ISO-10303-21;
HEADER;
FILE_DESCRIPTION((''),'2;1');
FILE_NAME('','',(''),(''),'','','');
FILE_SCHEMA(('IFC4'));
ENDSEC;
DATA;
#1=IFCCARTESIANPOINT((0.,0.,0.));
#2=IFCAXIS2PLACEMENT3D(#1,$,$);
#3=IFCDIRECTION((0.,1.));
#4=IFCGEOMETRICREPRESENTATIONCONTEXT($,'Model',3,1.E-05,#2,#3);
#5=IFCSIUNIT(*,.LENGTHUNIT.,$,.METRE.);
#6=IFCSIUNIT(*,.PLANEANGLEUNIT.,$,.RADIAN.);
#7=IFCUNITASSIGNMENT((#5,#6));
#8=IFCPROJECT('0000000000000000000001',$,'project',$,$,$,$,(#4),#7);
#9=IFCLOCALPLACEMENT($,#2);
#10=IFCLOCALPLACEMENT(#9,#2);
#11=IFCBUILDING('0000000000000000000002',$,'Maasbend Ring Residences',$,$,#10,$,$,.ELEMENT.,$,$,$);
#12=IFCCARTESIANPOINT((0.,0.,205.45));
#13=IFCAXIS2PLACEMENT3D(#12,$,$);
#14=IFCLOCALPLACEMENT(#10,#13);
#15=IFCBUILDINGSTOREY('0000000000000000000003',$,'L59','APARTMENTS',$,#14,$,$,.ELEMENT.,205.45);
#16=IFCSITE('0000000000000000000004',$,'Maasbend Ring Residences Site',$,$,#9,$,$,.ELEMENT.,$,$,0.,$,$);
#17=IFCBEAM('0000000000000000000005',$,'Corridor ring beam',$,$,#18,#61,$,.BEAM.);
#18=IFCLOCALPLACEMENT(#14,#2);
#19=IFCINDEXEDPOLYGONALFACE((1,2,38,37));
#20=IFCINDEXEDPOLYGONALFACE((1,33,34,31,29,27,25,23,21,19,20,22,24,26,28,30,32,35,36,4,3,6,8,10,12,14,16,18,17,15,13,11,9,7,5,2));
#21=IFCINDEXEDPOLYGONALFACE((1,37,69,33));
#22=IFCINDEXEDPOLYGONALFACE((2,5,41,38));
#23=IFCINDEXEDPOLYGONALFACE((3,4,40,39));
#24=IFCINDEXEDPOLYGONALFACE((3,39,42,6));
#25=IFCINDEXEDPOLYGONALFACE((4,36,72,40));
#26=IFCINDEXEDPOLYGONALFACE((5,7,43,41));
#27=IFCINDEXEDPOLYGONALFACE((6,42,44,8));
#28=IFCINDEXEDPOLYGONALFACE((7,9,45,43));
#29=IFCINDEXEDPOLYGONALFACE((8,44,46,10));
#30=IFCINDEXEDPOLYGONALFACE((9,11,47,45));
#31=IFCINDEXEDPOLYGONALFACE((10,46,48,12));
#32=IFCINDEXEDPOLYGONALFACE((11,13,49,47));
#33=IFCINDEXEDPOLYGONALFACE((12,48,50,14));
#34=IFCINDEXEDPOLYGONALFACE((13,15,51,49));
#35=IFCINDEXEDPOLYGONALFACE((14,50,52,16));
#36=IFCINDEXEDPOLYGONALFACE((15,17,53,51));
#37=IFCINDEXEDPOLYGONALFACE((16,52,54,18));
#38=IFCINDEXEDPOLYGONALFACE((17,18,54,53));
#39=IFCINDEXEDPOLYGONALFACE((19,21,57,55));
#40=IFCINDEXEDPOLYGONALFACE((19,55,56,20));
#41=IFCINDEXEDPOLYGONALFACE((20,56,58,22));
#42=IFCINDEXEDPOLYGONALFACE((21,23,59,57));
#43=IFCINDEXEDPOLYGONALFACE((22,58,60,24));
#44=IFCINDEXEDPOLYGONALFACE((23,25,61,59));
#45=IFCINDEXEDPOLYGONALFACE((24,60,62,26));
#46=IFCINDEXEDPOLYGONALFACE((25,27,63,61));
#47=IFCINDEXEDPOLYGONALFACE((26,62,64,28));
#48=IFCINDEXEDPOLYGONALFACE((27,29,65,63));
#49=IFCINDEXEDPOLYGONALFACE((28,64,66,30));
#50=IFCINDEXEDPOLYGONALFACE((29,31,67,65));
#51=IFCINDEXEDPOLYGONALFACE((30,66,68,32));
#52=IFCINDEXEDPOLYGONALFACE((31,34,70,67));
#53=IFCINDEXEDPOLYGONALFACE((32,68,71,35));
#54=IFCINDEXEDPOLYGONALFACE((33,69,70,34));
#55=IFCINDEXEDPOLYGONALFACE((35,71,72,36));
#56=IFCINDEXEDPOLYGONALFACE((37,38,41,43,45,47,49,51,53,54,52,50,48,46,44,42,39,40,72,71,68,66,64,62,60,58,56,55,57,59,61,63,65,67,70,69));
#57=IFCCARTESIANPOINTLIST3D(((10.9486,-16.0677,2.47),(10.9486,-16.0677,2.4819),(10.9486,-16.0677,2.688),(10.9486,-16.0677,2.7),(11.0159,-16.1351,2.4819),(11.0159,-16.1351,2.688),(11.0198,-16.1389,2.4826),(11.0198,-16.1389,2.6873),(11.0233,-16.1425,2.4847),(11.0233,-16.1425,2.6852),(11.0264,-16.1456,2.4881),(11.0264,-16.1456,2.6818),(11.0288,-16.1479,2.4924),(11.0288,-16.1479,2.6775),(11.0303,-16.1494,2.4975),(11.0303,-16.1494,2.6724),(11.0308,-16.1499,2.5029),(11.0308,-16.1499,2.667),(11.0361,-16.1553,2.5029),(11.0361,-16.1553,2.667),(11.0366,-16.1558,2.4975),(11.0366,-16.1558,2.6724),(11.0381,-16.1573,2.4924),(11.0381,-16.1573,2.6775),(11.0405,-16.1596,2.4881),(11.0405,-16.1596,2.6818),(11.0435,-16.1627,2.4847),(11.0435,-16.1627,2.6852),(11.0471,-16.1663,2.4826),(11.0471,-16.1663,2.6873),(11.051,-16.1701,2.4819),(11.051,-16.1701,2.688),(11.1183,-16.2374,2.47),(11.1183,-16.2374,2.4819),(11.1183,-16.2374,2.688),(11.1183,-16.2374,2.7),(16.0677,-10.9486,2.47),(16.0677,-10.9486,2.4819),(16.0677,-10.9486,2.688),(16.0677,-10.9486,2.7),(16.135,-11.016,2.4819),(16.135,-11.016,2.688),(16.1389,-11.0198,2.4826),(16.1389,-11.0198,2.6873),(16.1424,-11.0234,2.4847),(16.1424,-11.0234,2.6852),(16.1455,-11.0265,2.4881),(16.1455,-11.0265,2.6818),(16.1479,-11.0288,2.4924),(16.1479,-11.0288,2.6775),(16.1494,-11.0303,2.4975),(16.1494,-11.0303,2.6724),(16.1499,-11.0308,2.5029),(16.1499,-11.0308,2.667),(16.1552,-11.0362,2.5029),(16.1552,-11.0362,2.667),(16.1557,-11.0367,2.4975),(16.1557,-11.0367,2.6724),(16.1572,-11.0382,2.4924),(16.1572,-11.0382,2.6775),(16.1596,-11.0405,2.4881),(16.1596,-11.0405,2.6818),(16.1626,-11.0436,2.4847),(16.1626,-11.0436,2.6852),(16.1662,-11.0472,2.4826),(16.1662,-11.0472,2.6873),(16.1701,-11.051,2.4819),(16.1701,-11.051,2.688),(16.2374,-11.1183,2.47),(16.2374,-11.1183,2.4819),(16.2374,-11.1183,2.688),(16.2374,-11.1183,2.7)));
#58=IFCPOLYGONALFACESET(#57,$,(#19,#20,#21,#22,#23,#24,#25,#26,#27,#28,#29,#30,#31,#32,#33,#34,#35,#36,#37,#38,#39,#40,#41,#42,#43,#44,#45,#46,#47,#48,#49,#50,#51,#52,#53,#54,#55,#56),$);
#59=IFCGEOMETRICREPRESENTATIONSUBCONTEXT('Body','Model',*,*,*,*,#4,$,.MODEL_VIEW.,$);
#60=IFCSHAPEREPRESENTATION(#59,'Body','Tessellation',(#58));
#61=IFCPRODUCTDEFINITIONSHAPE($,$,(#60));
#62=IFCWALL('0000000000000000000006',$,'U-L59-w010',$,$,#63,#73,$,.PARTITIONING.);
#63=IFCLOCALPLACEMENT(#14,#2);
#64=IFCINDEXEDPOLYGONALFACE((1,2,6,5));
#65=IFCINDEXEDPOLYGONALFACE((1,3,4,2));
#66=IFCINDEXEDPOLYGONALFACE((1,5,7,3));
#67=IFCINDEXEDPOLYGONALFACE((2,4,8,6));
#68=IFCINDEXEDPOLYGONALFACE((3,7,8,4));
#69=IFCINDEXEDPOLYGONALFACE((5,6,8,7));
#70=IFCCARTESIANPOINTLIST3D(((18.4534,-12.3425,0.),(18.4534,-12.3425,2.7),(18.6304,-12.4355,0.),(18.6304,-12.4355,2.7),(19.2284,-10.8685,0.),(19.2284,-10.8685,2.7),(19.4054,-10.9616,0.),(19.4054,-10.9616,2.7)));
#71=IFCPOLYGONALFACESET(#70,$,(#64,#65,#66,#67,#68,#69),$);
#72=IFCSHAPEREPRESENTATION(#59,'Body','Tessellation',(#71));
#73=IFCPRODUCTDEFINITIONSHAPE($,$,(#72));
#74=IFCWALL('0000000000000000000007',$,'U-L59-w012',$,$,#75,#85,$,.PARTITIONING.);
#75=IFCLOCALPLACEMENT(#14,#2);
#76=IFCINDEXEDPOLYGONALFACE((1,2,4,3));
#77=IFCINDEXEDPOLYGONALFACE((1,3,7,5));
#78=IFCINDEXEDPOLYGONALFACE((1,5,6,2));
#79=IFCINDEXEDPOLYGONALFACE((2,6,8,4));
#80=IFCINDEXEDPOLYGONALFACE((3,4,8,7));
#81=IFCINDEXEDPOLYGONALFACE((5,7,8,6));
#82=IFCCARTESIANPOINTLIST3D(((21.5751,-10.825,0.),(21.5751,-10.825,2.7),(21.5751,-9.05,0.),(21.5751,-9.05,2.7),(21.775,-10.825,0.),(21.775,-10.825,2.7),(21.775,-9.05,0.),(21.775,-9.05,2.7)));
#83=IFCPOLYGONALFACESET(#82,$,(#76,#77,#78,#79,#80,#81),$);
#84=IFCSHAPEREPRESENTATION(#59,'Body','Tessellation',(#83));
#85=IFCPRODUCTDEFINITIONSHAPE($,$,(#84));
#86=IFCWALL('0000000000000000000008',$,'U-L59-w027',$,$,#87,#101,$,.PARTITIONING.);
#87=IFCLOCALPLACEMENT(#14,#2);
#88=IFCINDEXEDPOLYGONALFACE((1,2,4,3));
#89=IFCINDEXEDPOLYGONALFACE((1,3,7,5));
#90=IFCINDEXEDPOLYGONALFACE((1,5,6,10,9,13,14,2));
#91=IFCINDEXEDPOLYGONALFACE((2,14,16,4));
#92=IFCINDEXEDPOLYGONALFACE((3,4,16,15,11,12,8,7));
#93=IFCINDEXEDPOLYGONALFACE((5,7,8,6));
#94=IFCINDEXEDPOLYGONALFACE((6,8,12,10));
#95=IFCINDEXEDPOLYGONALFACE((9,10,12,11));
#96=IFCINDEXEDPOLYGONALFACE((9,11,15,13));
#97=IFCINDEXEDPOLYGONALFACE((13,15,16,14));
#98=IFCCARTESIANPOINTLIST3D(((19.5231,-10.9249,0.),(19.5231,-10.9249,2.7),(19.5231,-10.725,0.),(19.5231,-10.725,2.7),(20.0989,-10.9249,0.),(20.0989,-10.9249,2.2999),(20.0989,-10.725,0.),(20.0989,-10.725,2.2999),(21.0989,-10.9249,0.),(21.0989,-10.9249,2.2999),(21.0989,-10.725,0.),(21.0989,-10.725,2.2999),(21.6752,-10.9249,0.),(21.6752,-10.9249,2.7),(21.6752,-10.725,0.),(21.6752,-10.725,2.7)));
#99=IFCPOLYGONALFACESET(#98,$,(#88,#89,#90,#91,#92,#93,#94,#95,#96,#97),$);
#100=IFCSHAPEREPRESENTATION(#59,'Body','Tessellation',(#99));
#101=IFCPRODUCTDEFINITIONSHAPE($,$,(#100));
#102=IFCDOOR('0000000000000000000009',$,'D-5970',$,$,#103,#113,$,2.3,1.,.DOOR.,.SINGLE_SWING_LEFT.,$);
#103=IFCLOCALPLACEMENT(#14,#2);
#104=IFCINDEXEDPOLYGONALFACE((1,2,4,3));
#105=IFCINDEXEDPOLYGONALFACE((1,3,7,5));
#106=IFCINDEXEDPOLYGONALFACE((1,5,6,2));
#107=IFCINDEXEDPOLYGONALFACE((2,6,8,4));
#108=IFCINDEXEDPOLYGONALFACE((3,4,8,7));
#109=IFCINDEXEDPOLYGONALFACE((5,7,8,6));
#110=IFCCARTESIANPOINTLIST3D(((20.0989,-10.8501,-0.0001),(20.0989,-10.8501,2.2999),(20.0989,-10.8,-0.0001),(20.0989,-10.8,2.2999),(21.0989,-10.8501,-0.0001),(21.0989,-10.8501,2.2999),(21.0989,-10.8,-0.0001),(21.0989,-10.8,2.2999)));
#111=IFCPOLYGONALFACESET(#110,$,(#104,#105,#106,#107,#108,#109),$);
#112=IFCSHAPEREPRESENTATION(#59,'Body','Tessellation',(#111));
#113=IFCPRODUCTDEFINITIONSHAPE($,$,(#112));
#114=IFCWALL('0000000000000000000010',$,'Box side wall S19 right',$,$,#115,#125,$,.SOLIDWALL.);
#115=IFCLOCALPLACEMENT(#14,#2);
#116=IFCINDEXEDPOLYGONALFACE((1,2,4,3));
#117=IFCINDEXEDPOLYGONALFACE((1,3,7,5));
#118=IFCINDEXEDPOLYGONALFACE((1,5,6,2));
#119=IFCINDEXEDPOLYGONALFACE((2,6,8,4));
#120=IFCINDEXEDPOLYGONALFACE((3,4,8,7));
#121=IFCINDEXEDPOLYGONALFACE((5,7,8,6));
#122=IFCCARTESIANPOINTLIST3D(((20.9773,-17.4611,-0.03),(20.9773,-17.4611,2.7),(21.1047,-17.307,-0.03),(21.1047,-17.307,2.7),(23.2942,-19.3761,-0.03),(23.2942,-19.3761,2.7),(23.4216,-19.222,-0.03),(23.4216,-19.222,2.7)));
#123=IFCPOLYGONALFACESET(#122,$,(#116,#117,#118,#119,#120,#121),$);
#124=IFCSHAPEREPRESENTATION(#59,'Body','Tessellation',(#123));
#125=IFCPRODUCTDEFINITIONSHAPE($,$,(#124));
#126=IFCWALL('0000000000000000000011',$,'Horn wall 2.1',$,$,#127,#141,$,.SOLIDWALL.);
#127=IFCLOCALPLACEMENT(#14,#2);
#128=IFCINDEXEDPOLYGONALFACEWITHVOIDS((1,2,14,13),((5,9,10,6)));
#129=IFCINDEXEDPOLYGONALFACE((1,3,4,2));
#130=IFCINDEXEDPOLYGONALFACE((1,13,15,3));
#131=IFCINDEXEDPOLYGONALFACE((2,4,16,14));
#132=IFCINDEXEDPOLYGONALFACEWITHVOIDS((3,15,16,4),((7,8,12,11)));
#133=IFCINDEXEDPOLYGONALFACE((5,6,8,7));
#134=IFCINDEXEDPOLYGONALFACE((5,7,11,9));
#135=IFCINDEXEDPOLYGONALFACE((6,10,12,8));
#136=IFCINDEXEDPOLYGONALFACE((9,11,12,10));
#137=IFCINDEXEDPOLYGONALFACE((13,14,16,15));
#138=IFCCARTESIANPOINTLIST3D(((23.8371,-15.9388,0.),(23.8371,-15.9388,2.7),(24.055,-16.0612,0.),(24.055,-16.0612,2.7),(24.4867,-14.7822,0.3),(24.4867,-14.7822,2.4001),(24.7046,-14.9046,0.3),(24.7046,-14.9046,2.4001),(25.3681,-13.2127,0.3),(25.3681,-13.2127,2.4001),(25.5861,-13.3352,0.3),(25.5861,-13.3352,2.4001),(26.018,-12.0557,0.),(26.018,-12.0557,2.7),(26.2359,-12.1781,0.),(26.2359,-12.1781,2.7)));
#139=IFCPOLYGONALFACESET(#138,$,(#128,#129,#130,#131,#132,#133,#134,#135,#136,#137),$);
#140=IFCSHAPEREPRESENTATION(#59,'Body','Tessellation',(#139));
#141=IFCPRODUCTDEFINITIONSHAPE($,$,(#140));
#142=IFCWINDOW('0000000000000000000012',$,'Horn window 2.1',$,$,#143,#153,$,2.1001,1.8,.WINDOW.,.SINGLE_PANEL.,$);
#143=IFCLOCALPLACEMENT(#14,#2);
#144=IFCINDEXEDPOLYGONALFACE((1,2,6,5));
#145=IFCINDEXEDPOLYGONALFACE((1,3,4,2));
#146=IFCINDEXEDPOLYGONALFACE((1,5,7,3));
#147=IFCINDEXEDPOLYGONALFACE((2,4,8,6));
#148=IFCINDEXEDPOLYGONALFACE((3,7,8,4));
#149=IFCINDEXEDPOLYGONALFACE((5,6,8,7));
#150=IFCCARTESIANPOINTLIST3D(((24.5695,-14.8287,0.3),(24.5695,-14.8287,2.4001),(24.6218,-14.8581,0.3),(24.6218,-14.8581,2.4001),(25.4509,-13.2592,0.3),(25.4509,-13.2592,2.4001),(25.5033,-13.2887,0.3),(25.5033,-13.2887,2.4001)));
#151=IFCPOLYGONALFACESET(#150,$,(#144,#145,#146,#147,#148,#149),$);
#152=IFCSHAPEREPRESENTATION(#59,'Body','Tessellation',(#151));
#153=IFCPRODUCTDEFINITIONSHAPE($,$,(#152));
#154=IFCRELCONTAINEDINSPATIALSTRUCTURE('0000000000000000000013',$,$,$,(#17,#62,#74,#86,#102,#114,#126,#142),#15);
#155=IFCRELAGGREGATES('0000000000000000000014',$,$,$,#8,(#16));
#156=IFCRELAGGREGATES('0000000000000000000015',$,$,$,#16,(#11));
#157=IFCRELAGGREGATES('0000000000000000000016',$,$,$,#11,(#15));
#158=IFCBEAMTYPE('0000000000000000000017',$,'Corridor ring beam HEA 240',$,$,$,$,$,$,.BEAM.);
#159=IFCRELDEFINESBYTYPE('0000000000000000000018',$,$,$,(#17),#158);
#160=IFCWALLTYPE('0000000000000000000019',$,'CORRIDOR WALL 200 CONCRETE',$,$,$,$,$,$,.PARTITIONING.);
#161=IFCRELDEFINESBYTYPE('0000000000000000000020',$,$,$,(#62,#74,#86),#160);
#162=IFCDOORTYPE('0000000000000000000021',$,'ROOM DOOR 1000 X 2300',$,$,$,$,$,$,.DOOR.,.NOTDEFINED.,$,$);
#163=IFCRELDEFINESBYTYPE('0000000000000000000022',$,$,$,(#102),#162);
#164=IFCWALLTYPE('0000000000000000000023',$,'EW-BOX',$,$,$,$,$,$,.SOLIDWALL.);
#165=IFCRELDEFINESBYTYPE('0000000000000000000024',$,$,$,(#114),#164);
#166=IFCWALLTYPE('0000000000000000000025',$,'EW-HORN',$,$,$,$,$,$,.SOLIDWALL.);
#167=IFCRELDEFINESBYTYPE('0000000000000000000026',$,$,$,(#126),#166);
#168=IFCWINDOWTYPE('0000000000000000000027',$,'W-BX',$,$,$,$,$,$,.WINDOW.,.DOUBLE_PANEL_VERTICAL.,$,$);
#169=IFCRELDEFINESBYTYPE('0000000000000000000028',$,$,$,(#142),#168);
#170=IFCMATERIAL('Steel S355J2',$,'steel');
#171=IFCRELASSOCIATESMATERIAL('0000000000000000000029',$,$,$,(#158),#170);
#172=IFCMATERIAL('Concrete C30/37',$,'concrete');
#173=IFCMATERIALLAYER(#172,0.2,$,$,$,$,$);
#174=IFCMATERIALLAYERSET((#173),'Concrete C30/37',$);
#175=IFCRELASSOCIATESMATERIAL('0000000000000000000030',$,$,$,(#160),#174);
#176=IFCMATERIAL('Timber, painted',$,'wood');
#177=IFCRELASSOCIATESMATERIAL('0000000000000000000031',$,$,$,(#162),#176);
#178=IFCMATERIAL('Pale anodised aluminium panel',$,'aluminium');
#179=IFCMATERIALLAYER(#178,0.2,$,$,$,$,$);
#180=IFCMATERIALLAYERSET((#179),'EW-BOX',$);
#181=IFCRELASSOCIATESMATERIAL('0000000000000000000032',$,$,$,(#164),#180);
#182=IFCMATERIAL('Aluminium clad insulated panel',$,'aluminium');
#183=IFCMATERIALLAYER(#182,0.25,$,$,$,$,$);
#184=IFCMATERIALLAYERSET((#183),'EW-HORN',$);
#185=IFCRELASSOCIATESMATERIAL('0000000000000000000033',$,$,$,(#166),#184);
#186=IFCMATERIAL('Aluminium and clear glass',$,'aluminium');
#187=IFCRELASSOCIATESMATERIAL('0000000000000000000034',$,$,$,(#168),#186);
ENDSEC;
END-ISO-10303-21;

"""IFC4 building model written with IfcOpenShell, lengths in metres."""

from ifc_helpers import new_model, si_unit, direction, frame, frame_2d, origin, origin_2d, place, context, subcontext, project, spatial, rectangle, i_section, extrude, material, layer, layer_set, material_profile, profile_set, type_object, element, fill, save


model = new_model("IFC4")

# Units and contexts
model_context = context("Model", 3, precision=1e-05, world=origin(), true_north=direction((0.0, 1.0)))
body_context = subcontext(model_context, "Body", "Model", "MODEL_VIEW")
ifc_project = project(units=[si_unit("LENGTHUNIT", "METRE"), si_unit("PLANEANGLEUNIT", "RADIAN")], contexts=[model_context])

# Site, building, storey
site_placement = place(None, origin())
site = spatial("IfcSite", under=ifc_project, at=site_placement, Name="Maasbend Ring Residences Site", CompositionType="ELEMENT", RefElevation=0.0)
building_placement = place(site_placement, origin())
building = spatial("IfcBuilding", under=site, at=building_placement, Name="Maasbend Ring Residences", CompositionType="ELEMENT")
storey_placement = place(building_placement, frame((0.0, 0.0, 205.45)))
storey = spatial("IfcBuildingStorey", under=building, at=storey_placement, Name="L59", Description="APARTMENTS", CompositionType="ELEMENT", Elevation=205.45)

# Beam
ifc_material_1 = material(Name="Steel S355J2", Category="steel")
ifc_material_profile_1 = material_profile(ifc_material_1, i_section(OverallWidth=0.24, OverallDepth=0.23, WebThickness=0.0076, FlangeThickness=0.012, FilletRadius=0.021, at=origin_2d()), Name="HEA 240")
ifc_profile_set_1 = profile_set([ifc_material_profile_1], Name="Steel S355J2")
beam_type = type_object("IfcBeamType", Name="Corridor ring beam HEA 240", PredefinedType="BEAM", material=ifc_profile_set_1)
beam_placement = place(storey_placement, frame((11.0334, -16.1526, 2.585), z_axis=(0.707107, 0.707107, 0.0), x_axis=(-0.707107, 0.707107, 0.0)))
element("IfcBeam", 1, at=beam_placement, inside=storey, type_object=beam_type, Name="Corridor ring beam", PredefinedType="BEAM", context=body_context, shape_type="SweptSolid", body=[
    extrude(i_section(OverallWidth=0.24, OverallDepth=0.23, WebThickness=0.0076, FlangeThickness=0.012, FilletRadius=0.021, at=origin_2d()), origin(), (0.0, 0.0, 1.0), 7.2395),
])

# Walls
ifc_material_2 = material(Name="Concrete C30/37", Category="concrete")
ifc_layer_1 = layer(ifc_material_2, 0.2)
ifc_layer_set_1 = layer_set([ifc_layer_1], Name="Concrete C30/37")
wall_type_1 = type_object("IfcWallType", Name="CORRIDOR WALL 200 CONCRETE", PredefinedType="PARTITIONING", material=ifc_layer_set_1)
wall_1_placement = place(storey_placement, frame((18.542, -12.3889, 0.0), z_axis=(0.0, 0.0, 1.0), x_axis=(0.46536, 0.885122, 0.0)))
element("IfcWall", 2, at=wall_1_placement, inside=storey, type_object=wall_type_1, Name="U-L59-w010", PredefinedType="PARTITIONING", context=body_context, shape_type="SweptSolid", body=[
    extrude(rectangle(XDim=1.6653, YDim=0.2, at=frame_2d((0.8325, 0.0))), origin(), (0.0, 0.0, 1.0), 2.7),
])
wall_2_placement = place(storey_placement, frame((21.675, -10.825, 0.0), z_axis=(0.0, 0.0, 1.0), x_axis=(0.0, 1.0, 0.0)))
element("IfcWall", 3, at=wall_2_placement, inside=storey, type_object=wall_type_1, Name="U-L59-w012", PredefinedType="PARTITIONING", context=body_context, shape_type="SweptSolid", body=[
    extrude(rectangle(XDim=1.7749, YDim=0.2, at=frame_2d((0.8875, 0.0))), origin(), (0.0, 0.0, 1.0), 2.7),
])

# Wall, opening, door
wall_3_placement = place(storey_placement, frame((19.5229, -10.825, 0.0), z_axis=(0.0, 0.0, 1.0), x_axis=(1.0, 0.0, 0.0)))
wall_3 = element("IfcWall", 4, at=wall_3_placement, inside=storey, type_object=wall_type_1, Name="U-L59-w027", PredefinedType="PARTITIONING", context=body_context, shape_type="SweptSolid", body=[
    extrude(rectangle(XDim=2.1521, YDim=0.2, at=frame_2d((1.0762, 0.0))), origin(), (0.0, 0.0, 1.0), 2.7),
])
opening_1_placement = place(wall_3_placement, frame((0.5759, 0.0, 0.0)))
opening_1 = element("IfcOpeningElement", 5, at=opening_1_placement, cuts=wall_3, PredefinedType="OPENING", context=body_context, shape_type="SweptSolid", body=[
    extrude(rectangle(XDim=1.0, YDim=2.3, at=frame_2d((0.5, 1.1499))), frame((0.0, 0.1099, 0.0), z_axis=(0.0, -1.0, 0.0), x_axis=(1.0, 0.0, 0.0)), (0.0, 0.0, 1.0), 0.22),
])
ifc_material_3 = material(Name="Timber, painted", Category="wood")
door_type_1 = type_object("IfcDoorType", Name="ROOM DOOR 1000 X 2300", OperationType="NOTDEFINED", PredefinedType="DOOR", material=ifc_material_3)
door_1_placement = place(opening_1_placement, origin())
door_1 = element("IfcDoor", 6, at=door_1_placement, inside=storey, type_object=door_type_1, Name="D-5970", OperationType="SINGLE_SWING_LEFT", OverallHeight=2.3, OverallWidth=1.0, PredefinedType="DOOR", context=body_context, shape_type="SweptSolid", body=[
    extrude(rectangle(XDim=1.0, YDim=2.3, at=frame_2d((0.5, 1.1499))), frame((0.0, 0.0249, 0.0), z_axis=(0.0, -1.0, 0.0), x_axis=(1.0, 0.0, 0.0)), (0.0, 0.0, 1.0), 0.05),
])
fill(opening_1, door_1)

# Wall
ifc_material_4 = material(Name="Pale anodised aluminium panel", Category="aluminium")
ifc_layer_2 = layer(ifc_material_4, 0.2)
ifc_layer_set_2 = layer_set([ifc_layer_2], Name="EW-BOX")
wall_type_2 = type_object("IfcWallType", Name="EW-BOX", PredefinedType="SOLIDWALL", material=ifc_layer_set_2)
wall_4_placement = place(storey_placement, frame((21.041, -17.384, -0.03), z_axis=(0.0, 0.0, 1.0), x_axis=(0.770785, -0.637096, 0.0)))
element("IfcWall", 7, at=wall_4_placement, inside=storey, type_object=wall_type_2, Name="Box side wall S19 right", PredefinedType="SOLIDWALL", context=body_context, shape_type="SweptSolid", body=[
    extrude(rectangle(XDim=3.0059, YDim=0.2, at=frame_2d((1.5029, 0.0))), origin(), (0.0, 0.0, 1.0), 2.73),
])

# Wall, opening, window
ifc_material_5 = material(Name="Aluminium clad insulated panel", Category="aluminium")
ifc_layer_3 = layer(ifc_material_5, 0.25)
ifc_layer_set_3 = layer_set([ifc_layer_3], Name="EW-HORN")
wall_type_3 = type_object("IfcWallType", Name="EW-HORN", PredefinedType="SOLIDWALL", material=ifc_layer_set_3)
wall_5_placement = place(storey_placement, frame((23.946, -16.0, 0.0), z_axis=(0.0, 0.0, 1.0), x_axis=(0.489696, 0.871893, 0.0)))
wall_5 = element("IfcWall", 8, at=wall_5_placement, inside=storey, type_object=wall_type_3, Name="Horn wall 2.1", PredefinedType="SOLIDWALL", context=body_context, shape_type="SweptSolid", body=[
    extrude(rectangle(XDim=4.4536, YDim=0.25, at=frame_2d((2.2268, 0.0))), origin(), (0.0, 0.0, 1.0), 2.7),
])
opening_2_placement = place(wall_5_placement, frame((1.3267, 0.0, 0.3)))
opening_2 = element("IfcOpeningElement", 9, at=opening_2_placement, cuts=wall_5, PredefinedType="OPENING", context=body_context, shape_type="SweptSolid", body=[
    extrude(rectangle(XDim=1.8, YDim=2.1001, at=frame_2d((0.8999, 1.05))), frame((0.0, 0.135, 0.0), z_axis=(0.0, -1.0, 0.0), x_axis=(1.0, 0.0, 0.0)), (0.0, 0.0, 1.0), 0.27),
])
ifc_material_6 = material(Name="Aluminium and clear glass", Category="aluminium")
window_type = type_object("IfcWindowType", Name="W-BX", PartitioningType="DOUBLE_PANEL_VERTICAL", PredefinedType="WINDOW", material=ifc_material_6)
window_1_placement = place(opening_2_placement, origin())
window_1 = element("IfcWindow", 10, at=window_1_placement, inside=storey, type_object=window_type, Name="Horn window 2.1", OverallHeight=2.1001, OverallWidth=1.8, PartitioningType="SINGLE_PANEL", PredefinedType="WINDOW", context=body_context, shape_type="SweptSolid", body=[
    extrude(rectangle(XDim=1.8, YDim=2.1001, at=frame_2d((0.8999, 1.05))), frame((0.0, 0.03, 0.0), z_axis=(0.0, -1.0, 0.0), x_axis=(1.0, 0.0, 0.0)), (0.0, 0.0, 1.0), 0.0601),
])
fill(opening_2, window_1)

save(model, "model.ifc")
